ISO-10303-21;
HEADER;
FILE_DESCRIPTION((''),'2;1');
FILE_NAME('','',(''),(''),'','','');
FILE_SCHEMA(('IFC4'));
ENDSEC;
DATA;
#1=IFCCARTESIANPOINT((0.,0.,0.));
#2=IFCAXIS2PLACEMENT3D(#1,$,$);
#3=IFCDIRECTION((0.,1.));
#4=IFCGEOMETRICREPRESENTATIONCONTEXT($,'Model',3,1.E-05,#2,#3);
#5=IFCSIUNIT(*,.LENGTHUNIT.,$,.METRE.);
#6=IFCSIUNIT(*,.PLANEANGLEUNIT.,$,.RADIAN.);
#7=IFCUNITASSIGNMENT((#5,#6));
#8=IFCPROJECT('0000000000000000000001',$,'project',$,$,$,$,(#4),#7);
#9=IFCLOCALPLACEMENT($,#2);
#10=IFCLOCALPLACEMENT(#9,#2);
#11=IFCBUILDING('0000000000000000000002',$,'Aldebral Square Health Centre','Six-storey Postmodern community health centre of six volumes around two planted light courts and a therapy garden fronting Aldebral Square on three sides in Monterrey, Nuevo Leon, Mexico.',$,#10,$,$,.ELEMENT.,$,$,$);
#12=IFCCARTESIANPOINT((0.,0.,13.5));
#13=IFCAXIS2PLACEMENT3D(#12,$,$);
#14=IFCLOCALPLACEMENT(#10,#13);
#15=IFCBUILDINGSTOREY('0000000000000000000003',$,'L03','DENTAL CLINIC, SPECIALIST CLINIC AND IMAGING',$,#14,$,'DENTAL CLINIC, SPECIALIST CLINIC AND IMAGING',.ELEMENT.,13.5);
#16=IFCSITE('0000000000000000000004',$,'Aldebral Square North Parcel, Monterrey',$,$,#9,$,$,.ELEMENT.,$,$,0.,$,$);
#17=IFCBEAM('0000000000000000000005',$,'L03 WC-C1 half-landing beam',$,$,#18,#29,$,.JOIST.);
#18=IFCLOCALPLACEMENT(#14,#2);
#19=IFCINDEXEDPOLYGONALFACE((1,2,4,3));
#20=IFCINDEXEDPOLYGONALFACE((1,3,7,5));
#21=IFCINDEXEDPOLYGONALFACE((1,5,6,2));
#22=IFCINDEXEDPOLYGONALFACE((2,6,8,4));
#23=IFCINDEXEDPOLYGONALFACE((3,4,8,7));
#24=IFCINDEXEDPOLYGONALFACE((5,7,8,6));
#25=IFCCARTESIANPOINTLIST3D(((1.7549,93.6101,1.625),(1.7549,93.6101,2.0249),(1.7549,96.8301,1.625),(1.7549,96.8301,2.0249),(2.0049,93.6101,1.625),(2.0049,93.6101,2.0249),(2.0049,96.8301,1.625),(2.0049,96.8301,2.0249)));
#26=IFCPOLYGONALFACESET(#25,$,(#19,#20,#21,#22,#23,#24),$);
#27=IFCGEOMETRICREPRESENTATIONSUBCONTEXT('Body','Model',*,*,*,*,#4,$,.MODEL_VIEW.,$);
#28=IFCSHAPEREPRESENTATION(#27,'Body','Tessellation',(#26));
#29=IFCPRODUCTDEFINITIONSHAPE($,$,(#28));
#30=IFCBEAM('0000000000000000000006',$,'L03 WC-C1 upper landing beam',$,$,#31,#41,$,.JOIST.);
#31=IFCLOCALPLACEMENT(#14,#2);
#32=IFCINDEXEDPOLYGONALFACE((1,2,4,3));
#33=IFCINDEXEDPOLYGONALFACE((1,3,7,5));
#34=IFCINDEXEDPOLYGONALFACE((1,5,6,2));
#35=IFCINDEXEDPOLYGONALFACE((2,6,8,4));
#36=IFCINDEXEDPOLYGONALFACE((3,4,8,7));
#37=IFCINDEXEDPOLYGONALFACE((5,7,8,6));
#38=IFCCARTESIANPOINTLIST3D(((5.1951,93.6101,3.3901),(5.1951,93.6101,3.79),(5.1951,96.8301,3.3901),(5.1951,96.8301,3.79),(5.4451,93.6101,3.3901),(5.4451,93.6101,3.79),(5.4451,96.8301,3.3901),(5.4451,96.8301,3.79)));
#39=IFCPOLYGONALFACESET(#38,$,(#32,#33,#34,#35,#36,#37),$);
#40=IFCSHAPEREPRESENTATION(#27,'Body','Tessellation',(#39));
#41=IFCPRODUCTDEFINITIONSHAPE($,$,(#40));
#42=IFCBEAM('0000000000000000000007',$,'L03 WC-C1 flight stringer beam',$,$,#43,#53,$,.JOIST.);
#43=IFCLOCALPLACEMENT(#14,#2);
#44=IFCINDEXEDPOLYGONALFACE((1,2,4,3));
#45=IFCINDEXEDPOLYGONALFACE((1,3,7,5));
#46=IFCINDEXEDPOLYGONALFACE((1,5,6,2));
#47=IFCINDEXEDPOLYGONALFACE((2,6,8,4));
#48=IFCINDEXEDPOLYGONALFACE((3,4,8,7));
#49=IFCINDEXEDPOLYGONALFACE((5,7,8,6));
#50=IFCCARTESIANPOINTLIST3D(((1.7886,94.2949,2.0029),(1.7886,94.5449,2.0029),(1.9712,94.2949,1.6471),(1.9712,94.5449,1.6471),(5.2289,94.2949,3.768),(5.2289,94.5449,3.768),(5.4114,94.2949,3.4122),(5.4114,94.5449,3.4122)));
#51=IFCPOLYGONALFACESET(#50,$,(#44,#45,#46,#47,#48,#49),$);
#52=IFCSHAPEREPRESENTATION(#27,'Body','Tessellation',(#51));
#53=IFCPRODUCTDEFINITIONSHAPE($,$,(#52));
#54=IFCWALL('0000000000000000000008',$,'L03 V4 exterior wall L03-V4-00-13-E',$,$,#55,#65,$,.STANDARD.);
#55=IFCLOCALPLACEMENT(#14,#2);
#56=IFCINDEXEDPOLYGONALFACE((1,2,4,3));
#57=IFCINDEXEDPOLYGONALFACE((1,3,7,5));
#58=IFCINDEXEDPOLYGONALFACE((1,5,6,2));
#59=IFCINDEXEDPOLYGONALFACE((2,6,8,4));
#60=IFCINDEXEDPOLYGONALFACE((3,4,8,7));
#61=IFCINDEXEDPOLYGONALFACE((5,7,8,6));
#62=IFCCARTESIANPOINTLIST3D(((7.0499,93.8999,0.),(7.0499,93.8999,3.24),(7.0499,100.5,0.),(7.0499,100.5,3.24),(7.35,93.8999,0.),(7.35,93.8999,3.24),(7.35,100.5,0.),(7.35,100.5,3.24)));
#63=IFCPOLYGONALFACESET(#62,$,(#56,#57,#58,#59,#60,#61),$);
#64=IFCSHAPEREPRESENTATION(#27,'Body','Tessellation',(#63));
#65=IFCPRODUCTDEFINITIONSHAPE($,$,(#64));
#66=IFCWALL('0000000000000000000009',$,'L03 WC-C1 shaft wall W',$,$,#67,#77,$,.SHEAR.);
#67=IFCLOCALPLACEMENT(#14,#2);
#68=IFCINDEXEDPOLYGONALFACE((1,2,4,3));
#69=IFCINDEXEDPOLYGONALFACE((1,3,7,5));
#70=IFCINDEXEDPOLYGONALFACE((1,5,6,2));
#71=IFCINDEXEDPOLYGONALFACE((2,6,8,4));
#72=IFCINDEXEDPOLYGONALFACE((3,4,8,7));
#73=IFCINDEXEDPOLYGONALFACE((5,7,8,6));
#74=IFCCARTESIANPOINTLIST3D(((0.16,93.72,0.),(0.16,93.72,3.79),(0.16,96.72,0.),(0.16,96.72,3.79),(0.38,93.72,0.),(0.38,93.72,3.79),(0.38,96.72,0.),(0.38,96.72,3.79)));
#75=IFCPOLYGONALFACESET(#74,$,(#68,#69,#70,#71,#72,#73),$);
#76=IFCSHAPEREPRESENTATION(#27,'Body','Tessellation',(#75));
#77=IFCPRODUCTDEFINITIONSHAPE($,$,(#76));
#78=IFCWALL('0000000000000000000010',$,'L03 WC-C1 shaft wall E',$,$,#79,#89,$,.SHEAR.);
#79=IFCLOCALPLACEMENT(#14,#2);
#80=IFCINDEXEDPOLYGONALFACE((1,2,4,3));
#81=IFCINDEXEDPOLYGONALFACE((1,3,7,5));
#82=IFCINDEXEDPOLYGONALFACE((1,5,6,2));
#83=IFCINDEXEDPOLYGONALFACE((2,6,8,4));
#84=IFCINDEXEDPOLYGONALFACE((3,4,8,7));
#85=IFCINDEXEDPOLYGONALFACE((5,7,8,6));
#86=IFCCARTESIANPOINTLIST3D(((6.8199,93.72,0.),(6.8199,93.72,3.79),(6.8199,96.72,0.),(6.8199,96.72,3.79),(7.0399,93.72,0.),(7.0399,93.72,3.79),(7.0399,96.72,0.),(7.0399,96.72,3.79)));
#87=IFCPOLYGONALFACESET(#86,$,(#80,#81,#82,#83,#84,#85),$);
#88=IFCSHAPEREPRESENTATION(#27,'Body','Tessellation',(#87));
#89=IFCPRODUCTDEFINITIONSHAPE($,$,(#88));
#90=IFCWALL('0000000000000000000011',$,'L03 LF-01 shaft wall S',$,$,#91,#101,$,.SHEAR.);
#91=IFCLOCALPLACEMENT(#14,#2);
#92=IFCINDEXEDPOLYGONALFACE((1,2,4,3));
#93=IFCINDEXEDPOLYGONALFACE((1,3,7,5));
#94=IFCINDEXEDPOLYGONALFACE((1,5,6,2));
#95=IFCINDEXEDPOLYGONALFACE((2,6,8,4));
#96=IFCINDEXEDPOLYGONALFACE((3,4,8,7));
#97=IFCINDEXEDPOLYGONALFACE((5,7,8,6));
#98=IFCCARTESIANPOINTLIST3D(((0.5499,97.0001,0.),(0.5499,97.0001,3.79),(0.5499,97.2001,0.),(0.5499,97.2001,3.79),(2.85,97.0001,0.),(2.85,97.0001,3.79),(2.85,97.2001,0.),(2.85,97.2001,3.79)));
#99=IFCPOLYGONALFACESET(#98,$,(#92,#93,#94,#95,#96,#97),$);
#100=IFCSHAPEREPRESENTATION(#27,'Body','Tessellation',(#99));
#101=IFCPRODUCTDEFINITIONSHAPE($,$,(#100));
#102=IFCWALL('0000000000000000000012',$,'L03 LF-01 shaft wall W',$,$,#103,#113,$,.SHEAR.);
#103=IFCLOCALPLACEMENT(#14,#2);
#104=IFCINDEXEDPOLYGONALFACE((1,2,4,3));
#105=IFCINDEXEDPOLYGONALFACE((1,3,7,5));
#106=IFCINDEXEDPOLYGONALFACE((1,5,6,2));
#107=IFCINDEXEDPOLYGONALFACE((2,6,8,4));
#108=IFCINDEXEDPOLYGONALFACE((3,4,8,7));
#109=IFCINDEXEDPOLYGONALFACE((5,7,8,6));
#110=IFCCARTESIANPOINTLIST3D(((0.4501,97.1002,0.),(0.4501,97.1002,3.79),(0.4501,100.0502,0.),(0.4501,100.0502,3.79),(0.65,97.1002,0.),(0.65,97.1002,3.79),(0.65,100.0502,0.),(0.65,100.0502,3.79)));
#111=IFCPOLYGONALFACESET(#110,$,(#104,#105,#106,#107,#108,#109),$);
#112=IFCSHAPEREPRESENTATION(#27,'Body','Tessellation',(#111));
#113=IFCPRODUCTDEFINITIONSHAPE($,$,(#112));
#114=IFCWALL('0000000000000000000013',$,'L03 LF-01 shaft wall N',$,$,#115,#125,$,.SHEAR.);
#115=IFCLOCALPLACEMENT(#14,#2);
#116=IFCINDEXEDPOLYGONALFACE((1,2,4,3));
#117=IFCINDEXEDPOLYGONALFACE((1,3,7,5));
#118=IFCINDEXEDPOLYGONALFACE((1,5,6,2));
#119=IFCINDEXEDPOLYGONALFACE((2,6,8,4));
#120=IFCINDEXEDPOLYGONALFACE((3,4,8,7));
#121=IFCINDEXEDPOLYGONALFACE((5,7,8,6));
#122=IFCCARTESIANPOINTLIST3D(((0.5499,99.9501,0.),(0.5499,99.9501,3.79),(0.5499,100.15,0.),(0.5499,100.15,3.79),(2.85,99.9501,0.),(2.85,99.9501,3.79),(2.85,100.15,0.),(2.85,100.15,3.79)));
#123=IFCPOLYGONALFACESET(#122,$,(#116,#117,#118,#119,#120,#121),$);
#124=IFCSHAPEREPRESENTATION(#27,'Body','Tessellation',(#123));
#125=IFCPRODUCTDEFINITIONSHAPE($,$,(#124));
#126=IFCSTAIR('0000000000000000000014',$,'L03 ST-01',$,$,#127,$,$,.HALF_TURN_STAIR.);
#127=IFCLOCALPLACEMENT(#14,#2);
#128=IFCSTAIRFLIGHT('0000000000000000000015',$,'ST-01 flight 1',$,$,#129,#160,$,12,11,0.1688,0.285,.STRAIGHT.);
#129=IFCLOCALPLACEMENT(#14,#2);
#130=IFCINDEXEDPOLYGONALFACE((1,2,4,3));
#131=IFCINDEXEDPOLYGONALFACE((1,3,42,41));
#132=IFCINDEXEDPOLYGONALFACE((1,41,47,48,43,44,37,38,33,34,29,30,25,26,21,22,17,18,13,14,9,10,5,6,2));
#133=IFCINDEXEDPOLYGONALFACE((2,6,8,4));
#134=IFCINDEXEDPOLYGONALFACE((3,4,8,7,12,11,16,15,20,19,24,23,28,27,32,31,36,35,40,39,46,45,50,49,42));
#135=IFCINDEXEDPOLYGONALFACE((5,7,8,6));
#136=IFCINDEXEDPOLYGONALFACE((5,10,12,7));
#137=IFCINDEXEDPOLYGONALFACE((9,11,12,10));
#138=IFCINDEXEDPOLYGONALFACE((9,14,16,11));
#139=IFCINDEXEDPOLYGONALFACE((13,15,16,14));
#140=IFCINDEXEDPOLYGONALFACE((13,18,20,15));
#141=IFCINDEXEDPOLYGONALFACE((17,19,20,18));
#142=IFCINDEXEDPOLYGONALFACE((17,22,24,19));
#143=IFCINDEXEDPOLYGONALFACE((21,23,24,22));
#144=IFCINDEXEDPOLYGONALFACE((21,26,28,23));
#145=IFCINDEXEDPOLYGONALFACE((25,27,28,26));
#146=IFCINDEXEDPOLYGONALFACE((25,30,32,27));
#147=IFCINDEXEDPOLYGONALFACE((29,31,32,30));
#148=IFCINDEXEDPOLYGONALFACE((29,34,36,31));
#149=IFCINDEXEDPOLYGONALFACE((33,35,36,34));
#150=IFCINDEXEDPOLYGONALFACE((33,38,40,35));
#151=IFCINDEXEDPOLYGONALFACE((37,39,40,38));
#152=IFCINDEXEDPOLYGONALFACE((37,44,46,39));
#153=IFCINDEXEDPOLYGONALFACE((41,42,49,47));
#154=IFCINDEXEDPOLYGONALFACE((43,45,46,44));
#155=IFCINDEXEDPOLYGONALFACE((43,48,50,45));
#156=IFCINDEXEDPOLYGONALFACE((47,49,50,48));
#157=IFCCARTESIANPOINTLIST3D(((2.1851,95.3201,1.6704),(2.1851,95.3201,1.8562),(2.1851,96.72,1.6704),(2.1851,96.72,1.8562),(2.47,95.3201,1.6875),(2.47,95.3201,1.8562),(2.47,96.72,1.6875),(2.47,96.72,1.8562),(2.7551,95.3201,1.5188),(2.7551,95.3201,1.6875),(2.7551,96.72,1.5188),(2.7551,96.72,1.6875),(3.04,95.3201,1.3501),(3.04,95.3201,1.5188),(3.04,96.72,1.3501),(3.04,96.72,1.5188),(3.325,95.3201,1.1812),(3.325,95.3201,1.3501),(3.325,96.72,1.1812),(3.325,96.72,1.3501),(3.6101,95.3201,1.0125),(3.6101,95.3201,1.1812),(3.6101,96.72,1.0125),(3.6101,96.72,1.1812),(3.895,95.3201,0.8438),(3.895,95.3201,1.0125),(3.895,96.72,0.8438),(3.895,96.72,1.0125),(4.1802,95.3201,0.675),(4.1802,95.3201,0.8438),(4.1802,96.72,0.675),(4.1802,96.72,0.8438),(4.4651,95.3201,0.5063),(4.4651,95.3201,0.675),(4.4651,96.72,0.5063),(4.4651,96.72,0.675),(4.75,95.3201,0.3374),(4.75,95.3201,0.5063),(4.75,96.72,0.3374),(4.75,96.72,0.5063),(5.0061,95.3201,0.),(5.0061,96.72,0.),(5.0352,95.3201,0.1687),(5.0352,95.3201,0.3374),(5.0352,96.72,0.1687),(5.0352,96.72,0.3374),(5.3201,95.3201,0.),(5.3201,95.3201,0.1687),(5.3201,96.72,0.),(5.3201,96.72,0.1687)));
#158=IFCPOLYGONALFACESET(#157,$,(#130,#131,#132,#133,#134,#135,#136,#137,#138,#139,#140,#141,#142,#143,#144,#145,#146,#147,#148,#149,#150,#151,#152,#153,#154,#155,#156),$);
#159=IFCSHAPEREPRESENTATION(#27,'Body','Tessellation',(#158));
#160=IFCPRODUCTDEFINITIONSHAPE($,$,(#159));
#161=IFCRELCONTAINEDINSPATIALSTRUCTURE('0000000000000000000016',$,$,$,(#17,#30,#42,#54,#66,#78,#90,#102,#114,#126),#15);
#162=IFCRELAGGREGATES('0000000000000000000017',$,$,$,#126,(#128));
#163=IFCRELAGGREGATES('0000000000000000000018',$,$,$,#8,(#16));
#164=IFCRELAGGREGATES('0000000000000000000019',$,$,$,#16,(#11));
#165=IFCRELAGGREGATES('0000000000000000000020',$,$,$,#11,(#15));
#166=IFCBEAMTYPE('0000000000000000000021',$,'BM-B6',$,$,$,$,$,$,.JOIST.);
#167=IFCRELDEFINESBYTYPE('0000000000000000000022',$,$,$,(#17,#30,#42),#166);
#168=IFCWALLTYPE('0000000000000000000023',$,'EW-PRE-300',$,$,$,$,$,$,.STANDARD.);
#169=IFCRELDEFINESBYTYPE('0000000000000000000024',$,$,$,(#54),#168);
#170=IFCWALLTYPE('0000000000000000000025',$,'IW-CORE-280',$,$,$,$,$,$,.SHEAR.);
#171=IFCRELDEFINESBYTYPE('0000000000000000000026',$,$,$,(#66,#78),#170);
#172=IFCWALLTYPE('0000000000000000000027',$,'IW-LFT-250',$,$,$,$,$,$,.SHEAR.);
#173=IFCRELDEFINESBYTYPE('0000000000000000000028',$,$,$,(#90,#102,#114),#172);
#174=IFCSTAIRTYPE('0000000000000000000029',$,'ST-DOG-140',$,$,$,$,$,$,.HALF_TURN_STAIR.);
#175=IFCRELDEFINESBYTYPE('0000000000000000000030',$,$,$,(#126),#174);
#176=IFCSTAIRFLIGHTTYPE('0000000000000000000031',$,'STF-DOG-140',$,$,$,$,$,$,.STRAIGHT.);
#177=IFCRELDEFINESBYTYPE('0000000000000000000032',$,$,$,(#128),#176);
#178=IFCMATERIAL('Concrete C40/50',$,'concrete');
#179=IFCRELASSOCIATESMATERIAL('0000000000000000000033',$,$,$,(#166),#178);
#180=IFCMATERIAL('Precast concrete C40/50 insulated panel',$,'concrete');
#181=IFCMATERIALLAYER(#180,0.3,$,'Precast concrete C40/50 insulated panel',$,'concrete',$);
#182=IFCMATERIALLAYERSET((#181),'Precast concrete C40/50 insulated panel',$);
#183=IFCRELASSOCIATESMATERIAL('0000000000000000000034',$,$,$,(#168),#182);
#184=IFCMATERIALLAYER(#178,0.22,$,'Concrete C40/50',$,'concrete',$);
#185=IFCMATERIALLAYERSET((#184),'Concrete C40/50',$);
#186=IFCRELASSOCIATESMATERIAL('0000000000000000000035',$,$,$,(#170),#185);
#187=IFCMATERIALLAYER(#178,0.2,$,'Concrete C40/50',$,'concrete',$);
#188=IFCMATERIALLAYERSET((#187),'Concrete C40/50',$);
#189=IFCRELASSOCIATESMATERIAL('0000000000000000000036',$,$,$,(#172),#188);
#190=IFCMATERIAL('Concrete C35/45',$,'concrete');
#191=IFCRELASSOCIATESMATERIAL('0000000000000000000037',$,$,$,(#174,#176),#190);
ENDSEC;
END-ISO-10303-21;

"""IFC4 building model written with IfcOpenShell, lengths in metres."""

from ifc_helpers import new_model, si_unit, direction, frame, frame_2d, origin, origin_2d, place, context, subcontext, project, spatial, polyline, rectangle, outline, extrude, material, layer, layer_set, material_profile, profile_set, type_object, element, aggregate, save


model = new_model("IFC4")

# Units and contexts
model_context = context("Model", 3, precision=1e-05, world=origin(), true_north=direction((0.0, 1.0)))
body_context = subcontext(model_context, "Body", "Model", "MODEL_VIEW")
ifc_project = project(units=[si_unit("LENGTHUNIT", "METRE"), si_unit("PLANEANGLEUNIT", "RADIAN")], contexts=[model_context])

# Site, building, storey
site_placement = place(None, origin())
site = spatial("IfcSite", under=ifc_project, at=site_placement, Name="Aldebral Square North Parcel, Monterrey", CompositionType="ELEMENT", RefElevation=0.0)
building_placement = place(site_placement, origin())
building = spatial("IfcBuilding", under=site, at=building_placement, Name="Aldebral Square Health Centre", Description="Six-storey Postmodern community health centre of six volumes around two planted light courts and a therapy garden fronting Aldebral Square on three sides in Monterrey, Nuevo Leon, Mexico.", CompositionType="ELEMENT")
storey_placement = place(building_placement, frame((0.0, 0.0, 13.5)))
storey = spatial("IfcBuildingStorey", under=building, at=storey_placement, Name="L03", Description="DENTAL CLINIC, SPECIALIST CLINIC AND IMAGING", LongName="DENTAL CLINIC, SPECIALIST CLINIC AND IMAGING", CompositionType="ELEMENT", Elevation=13.5)

# Beams
ifc_material_1 = material(Name="Concrete C40/50", Category="concrete")
ifc_material_profile = material_profile(ifc_material_1, rectangle(XDim=0.25, YDim=0.3999, at=origin_2d()), Name="RC 250x400")
ifc_profile_set = profile_set([ifc_material_profile], Name="Concrete C40/50")
beam_type = type_object("IfcBeamType", Name="BM-B6", PredefinedType="JOIST", material=ifc_profile_set)
for number, where, z_axis, x_axis, name in (
    (1, (1.8799, 93.6101, 1.825), (0.0, 1.0, 0.0), (-1.0, 0.0, 0.0), "L03 WC-C1 half-landing beam"),
    (2, (5.3201, 93.6101, 3.5901), (0.0, 1.0, 0.0), (-1.0, 0.0, 0.0), "L03 WC-C1 upper landing beam"),
):
    element("IfcBeam", number, at=place(storey_placement, frame(where, z_axis=z_axis, x_axis=x_axis)), inside=storey, type_object=beam_type, Name=name, PredefinedType="JOIST", context=body_context, shape_type="SweptSolid", body=[
        extrude(rectangle(XDim=0.25, YDim=0.3999, at=origin_2d()), origin(), (0.0, 0.0, 1.0), 3.22),
    ])
beam_placement = place(storey_placement, frame((1.8799, 94.4199, 1.825), z_axis=(0.889719, 0.0, 0.456509), x_axis=(0.0, 1.0, 0.0)))
element("IfcBeam", 3, at=beam_placement, inside=storey, type_object=beam_type, Name="L03 WC-C1 flight stringer beam", PredefinedType="JOIST", context=body_context, shape_type="SweptSolid", body=[
    extrude(rectangle(XDim=0.25, YDim=0.3999, at=origin_2d()), origin(), (0.0, 0.0, 1.0), 3.8667),
])

# Wall
ifc_material_2 = material(Name="Precast concrete C40/50 insulated panel", Category="concrete")
ifc_layer_1 = layer(ifc_material_2, 0.3, Name="Precast concrete C40/50 insulated panel", Category="concrete")
ifc_layer_set_1 = layer_set([ifc_layer_1], Name="Precast concrete C40/50 insulated panel")
wall_type_1 = type_object("IfcWallType", Name="EW-PRE-300", PredefinedType="STANDARD", material=ifc_layer_set_1)
wall_1_placement = place(storey_placement, frame((7.2, 93.8999, 0.0), z_axis=(0.0, 0.0, 1.0), x_axis=(0.0, 1.0, 0.0)))
element("IfcWall", 4, at=wall_1_placement, inside=storey, type_object=wall_type_1, Name="L03 V4 exterior wall L03-V4-00-13-E", PredefinedType="STANDARD", context=body_context, shape_type="SweptSolid", body=[
    extrude(rectangle(XDim=6.6001, YDim=0.3, at=frame_2d((3.3, 0.0))), origin(), (0.0, 0.0, 1.0), 3.24),
])

# Shared definitions
ifc_layer_2 = layer(ifc_material_1, 0.22, Name="Concrete C40/50", Category="concrete")
ifc_layer_set_2 = layer_set([ifc_layer_2], Name="Concrete C40/50")
wall_type_2 = type_object("IfcWallType", Name="IW-CORE-280", PredefinedType="SHEAR", material=ifc_layer_set_2)

# Walls
for number, where, z_axis, x_axis, name in (
    (5, (0.27, 93.72, 0.0), (0.0, 0.0, 1.0), (0.0, 1.0, 0.0), "L03 WC-C1 shaft wall W"),
    (6, (6.9299, 93.72, 0.0), (0.0, 0.0, 1.0), (0.0, 1.0, 0.0), "L03 WC-C1 shaft wall E"),
):
    element("IfcWall", number, at=place(storey_placement, frame(where, z_axis=z_axis, x_axis=x_axis)), inside=storey, type_object=wall_type_2, Name=name, PredefinedType="SHEAR", context=body_context, shape_type="SweptSolid", body=[
        extrude(rectangle(XDim=3.0, YDim=0.22, at=frame_2d((1.5, 0.0))), origin(), (0.0, 0.0, 1.0), 3.79),
    ])
ifc_layer_3 = layer(ifc_material_1, 0.2, Name="Concrete C40/50", Category="concrete")
ifc_layer_set_3 = layer_set([ifc_layer_3], Name="Concrete C40/50")
wall_type_3 = type_object("IfcWallType", Name="IW-LFT-250", PredefinedType="SHEAR", material=ifc_layer_set_3)
wall_2_placement = place(storey_placement, frame((0.55, 97.1001, 0.0), z_axis=(0.0, 0.0, 1.0), x_axis=(1.0, 0.0, 0.0)))
element("IfcWall", 7, at=wall_2_placement, inside=storey, type_object=wall_type_3, Name="L03 LF-01 shaft wall S", PredefinedType="SHEAR", context=body_context, shape_type="SweptSolid", body=[
    extrude(rectangle(XDim=2.3, YDim=0.2, at=frame_2d((1.1499, 0.0))), origin(), (0.0, 0.0, 1.0), 3.79),
])
wall_3_placement = place(storey_placement, frame((0.55, 97.1001, 0.0), z_axis=(0.0, 0.0, 1.0), x_axis=(0.0, 1.0, 0.0)))
element("IfcWall", 8, at=wall_3_placement, inside=storey, type_object=wall_type_3, Name="L03 LF-01 shaft wall W", PredefinedType="SHEAR", context=body_context, shape_type="SweptSolid", body=[
    extrude(rectangle(XDim=2.95, YDim=0.2, at=frame_2d((1.4751, 0.0))), origin(), (0.0, 0.0, 1.0), 3.79),
])
wall_4_placement = place(storey_placement, frame((0.55, 100.05, 0.0), z_axis=(0.0, 0.0, 1.0), x_axis=(1.0, 0.0, 0.0)))
element("IfcWall", 9, at=wall_4_placement, inside=storey, type_object=wall_type_3, Name="L03 LF-01 shaft wall N", PredefinedType="SHEAR", context=body_context, shape_type="SweptSolid", body=[
    extrude(rectangle(XDim=2.3, YDim=0.2, at=frame_2d((1.1499, 0.0))), origin(), (0.0, 0.0, 1.0), 3.79),
])

# Stair, stair flight
ifc_material_3 = material(Name="Concrete C35/45", Category="concrete")
stair_type = type_object("IfcStairType", Name="ST-DOG-140", PredefinedType="HALF_TURN_STAIR", material=ifc_material_3)
stair_placement = place(storey_placement, origin())
stair = element("IfcStair", 10, at=stair_placement, inside=storey, type_object=stair_type, Name="L03 ST-01", PredefinedType="HALF_TURN_STAIR")
stair_flight_type = type_object("IfcStairFlightType", Name="STF-DOG-140", PredefinedType="STRAIGHT", material=ifc_material_3)
stair_flight_1_placement = place(storey_placement, frame((5.3201, 96.02, 0.0), z_axis=(0.0, 0.0, 1.0), x_axis=(-1.0, 0.0, 0.0)))
stair_flight_1 = element("IfcStairFlight", 11, at=stair_flight_1_placement, type_object=stair_flight_type, Name="ST-01 flight 1", NumberOfRisers=12, NumberOfTreads=11, PredefinedType="STRAIGHT", RiserHeight=0.1688, TreadLength=0.285, context=body_context, shape_type="SweptSolid", body=[
    extrude(outline(polyline([(0.0, 0.0), (0.0, 0.1687), (0.2849, 0.1687), (0.2849, 0.3374), (0.5701, 0.3374), (0.5701, 0.5063), (0.855, 0.5063), (0.855, 0.675), (1.1399, 0.675), (1.1399, 0.8438), (1.425, 0.8438), (1.425, 1.0125), (1.71, 1.0125), (1.71, 1.1812), (1.9951, 1.1812), (1.9951, 1.3501), (2.28, 1.3501), (2.28, 1.5188), (2.5649, 1.5188), (2.5649, 1.6875), (2.8501, 1.6875), (2.8501, 1.8562), (3.135, 1.8562), (3.135, 2.0249), (3.135, 1.6704), (0.314, 0.0), (0.0, 0.0)])), frame((0.0, 0.7, 0.0), z_axis=(0.0, -1.0, 0.0), x_axis=(1.0, 0.0, 0.0)), (0.0, 0.0, 1.0), 1.3999),
])
aggregate(stair, [stair_flight_1])

save(model, "model.ifc")
